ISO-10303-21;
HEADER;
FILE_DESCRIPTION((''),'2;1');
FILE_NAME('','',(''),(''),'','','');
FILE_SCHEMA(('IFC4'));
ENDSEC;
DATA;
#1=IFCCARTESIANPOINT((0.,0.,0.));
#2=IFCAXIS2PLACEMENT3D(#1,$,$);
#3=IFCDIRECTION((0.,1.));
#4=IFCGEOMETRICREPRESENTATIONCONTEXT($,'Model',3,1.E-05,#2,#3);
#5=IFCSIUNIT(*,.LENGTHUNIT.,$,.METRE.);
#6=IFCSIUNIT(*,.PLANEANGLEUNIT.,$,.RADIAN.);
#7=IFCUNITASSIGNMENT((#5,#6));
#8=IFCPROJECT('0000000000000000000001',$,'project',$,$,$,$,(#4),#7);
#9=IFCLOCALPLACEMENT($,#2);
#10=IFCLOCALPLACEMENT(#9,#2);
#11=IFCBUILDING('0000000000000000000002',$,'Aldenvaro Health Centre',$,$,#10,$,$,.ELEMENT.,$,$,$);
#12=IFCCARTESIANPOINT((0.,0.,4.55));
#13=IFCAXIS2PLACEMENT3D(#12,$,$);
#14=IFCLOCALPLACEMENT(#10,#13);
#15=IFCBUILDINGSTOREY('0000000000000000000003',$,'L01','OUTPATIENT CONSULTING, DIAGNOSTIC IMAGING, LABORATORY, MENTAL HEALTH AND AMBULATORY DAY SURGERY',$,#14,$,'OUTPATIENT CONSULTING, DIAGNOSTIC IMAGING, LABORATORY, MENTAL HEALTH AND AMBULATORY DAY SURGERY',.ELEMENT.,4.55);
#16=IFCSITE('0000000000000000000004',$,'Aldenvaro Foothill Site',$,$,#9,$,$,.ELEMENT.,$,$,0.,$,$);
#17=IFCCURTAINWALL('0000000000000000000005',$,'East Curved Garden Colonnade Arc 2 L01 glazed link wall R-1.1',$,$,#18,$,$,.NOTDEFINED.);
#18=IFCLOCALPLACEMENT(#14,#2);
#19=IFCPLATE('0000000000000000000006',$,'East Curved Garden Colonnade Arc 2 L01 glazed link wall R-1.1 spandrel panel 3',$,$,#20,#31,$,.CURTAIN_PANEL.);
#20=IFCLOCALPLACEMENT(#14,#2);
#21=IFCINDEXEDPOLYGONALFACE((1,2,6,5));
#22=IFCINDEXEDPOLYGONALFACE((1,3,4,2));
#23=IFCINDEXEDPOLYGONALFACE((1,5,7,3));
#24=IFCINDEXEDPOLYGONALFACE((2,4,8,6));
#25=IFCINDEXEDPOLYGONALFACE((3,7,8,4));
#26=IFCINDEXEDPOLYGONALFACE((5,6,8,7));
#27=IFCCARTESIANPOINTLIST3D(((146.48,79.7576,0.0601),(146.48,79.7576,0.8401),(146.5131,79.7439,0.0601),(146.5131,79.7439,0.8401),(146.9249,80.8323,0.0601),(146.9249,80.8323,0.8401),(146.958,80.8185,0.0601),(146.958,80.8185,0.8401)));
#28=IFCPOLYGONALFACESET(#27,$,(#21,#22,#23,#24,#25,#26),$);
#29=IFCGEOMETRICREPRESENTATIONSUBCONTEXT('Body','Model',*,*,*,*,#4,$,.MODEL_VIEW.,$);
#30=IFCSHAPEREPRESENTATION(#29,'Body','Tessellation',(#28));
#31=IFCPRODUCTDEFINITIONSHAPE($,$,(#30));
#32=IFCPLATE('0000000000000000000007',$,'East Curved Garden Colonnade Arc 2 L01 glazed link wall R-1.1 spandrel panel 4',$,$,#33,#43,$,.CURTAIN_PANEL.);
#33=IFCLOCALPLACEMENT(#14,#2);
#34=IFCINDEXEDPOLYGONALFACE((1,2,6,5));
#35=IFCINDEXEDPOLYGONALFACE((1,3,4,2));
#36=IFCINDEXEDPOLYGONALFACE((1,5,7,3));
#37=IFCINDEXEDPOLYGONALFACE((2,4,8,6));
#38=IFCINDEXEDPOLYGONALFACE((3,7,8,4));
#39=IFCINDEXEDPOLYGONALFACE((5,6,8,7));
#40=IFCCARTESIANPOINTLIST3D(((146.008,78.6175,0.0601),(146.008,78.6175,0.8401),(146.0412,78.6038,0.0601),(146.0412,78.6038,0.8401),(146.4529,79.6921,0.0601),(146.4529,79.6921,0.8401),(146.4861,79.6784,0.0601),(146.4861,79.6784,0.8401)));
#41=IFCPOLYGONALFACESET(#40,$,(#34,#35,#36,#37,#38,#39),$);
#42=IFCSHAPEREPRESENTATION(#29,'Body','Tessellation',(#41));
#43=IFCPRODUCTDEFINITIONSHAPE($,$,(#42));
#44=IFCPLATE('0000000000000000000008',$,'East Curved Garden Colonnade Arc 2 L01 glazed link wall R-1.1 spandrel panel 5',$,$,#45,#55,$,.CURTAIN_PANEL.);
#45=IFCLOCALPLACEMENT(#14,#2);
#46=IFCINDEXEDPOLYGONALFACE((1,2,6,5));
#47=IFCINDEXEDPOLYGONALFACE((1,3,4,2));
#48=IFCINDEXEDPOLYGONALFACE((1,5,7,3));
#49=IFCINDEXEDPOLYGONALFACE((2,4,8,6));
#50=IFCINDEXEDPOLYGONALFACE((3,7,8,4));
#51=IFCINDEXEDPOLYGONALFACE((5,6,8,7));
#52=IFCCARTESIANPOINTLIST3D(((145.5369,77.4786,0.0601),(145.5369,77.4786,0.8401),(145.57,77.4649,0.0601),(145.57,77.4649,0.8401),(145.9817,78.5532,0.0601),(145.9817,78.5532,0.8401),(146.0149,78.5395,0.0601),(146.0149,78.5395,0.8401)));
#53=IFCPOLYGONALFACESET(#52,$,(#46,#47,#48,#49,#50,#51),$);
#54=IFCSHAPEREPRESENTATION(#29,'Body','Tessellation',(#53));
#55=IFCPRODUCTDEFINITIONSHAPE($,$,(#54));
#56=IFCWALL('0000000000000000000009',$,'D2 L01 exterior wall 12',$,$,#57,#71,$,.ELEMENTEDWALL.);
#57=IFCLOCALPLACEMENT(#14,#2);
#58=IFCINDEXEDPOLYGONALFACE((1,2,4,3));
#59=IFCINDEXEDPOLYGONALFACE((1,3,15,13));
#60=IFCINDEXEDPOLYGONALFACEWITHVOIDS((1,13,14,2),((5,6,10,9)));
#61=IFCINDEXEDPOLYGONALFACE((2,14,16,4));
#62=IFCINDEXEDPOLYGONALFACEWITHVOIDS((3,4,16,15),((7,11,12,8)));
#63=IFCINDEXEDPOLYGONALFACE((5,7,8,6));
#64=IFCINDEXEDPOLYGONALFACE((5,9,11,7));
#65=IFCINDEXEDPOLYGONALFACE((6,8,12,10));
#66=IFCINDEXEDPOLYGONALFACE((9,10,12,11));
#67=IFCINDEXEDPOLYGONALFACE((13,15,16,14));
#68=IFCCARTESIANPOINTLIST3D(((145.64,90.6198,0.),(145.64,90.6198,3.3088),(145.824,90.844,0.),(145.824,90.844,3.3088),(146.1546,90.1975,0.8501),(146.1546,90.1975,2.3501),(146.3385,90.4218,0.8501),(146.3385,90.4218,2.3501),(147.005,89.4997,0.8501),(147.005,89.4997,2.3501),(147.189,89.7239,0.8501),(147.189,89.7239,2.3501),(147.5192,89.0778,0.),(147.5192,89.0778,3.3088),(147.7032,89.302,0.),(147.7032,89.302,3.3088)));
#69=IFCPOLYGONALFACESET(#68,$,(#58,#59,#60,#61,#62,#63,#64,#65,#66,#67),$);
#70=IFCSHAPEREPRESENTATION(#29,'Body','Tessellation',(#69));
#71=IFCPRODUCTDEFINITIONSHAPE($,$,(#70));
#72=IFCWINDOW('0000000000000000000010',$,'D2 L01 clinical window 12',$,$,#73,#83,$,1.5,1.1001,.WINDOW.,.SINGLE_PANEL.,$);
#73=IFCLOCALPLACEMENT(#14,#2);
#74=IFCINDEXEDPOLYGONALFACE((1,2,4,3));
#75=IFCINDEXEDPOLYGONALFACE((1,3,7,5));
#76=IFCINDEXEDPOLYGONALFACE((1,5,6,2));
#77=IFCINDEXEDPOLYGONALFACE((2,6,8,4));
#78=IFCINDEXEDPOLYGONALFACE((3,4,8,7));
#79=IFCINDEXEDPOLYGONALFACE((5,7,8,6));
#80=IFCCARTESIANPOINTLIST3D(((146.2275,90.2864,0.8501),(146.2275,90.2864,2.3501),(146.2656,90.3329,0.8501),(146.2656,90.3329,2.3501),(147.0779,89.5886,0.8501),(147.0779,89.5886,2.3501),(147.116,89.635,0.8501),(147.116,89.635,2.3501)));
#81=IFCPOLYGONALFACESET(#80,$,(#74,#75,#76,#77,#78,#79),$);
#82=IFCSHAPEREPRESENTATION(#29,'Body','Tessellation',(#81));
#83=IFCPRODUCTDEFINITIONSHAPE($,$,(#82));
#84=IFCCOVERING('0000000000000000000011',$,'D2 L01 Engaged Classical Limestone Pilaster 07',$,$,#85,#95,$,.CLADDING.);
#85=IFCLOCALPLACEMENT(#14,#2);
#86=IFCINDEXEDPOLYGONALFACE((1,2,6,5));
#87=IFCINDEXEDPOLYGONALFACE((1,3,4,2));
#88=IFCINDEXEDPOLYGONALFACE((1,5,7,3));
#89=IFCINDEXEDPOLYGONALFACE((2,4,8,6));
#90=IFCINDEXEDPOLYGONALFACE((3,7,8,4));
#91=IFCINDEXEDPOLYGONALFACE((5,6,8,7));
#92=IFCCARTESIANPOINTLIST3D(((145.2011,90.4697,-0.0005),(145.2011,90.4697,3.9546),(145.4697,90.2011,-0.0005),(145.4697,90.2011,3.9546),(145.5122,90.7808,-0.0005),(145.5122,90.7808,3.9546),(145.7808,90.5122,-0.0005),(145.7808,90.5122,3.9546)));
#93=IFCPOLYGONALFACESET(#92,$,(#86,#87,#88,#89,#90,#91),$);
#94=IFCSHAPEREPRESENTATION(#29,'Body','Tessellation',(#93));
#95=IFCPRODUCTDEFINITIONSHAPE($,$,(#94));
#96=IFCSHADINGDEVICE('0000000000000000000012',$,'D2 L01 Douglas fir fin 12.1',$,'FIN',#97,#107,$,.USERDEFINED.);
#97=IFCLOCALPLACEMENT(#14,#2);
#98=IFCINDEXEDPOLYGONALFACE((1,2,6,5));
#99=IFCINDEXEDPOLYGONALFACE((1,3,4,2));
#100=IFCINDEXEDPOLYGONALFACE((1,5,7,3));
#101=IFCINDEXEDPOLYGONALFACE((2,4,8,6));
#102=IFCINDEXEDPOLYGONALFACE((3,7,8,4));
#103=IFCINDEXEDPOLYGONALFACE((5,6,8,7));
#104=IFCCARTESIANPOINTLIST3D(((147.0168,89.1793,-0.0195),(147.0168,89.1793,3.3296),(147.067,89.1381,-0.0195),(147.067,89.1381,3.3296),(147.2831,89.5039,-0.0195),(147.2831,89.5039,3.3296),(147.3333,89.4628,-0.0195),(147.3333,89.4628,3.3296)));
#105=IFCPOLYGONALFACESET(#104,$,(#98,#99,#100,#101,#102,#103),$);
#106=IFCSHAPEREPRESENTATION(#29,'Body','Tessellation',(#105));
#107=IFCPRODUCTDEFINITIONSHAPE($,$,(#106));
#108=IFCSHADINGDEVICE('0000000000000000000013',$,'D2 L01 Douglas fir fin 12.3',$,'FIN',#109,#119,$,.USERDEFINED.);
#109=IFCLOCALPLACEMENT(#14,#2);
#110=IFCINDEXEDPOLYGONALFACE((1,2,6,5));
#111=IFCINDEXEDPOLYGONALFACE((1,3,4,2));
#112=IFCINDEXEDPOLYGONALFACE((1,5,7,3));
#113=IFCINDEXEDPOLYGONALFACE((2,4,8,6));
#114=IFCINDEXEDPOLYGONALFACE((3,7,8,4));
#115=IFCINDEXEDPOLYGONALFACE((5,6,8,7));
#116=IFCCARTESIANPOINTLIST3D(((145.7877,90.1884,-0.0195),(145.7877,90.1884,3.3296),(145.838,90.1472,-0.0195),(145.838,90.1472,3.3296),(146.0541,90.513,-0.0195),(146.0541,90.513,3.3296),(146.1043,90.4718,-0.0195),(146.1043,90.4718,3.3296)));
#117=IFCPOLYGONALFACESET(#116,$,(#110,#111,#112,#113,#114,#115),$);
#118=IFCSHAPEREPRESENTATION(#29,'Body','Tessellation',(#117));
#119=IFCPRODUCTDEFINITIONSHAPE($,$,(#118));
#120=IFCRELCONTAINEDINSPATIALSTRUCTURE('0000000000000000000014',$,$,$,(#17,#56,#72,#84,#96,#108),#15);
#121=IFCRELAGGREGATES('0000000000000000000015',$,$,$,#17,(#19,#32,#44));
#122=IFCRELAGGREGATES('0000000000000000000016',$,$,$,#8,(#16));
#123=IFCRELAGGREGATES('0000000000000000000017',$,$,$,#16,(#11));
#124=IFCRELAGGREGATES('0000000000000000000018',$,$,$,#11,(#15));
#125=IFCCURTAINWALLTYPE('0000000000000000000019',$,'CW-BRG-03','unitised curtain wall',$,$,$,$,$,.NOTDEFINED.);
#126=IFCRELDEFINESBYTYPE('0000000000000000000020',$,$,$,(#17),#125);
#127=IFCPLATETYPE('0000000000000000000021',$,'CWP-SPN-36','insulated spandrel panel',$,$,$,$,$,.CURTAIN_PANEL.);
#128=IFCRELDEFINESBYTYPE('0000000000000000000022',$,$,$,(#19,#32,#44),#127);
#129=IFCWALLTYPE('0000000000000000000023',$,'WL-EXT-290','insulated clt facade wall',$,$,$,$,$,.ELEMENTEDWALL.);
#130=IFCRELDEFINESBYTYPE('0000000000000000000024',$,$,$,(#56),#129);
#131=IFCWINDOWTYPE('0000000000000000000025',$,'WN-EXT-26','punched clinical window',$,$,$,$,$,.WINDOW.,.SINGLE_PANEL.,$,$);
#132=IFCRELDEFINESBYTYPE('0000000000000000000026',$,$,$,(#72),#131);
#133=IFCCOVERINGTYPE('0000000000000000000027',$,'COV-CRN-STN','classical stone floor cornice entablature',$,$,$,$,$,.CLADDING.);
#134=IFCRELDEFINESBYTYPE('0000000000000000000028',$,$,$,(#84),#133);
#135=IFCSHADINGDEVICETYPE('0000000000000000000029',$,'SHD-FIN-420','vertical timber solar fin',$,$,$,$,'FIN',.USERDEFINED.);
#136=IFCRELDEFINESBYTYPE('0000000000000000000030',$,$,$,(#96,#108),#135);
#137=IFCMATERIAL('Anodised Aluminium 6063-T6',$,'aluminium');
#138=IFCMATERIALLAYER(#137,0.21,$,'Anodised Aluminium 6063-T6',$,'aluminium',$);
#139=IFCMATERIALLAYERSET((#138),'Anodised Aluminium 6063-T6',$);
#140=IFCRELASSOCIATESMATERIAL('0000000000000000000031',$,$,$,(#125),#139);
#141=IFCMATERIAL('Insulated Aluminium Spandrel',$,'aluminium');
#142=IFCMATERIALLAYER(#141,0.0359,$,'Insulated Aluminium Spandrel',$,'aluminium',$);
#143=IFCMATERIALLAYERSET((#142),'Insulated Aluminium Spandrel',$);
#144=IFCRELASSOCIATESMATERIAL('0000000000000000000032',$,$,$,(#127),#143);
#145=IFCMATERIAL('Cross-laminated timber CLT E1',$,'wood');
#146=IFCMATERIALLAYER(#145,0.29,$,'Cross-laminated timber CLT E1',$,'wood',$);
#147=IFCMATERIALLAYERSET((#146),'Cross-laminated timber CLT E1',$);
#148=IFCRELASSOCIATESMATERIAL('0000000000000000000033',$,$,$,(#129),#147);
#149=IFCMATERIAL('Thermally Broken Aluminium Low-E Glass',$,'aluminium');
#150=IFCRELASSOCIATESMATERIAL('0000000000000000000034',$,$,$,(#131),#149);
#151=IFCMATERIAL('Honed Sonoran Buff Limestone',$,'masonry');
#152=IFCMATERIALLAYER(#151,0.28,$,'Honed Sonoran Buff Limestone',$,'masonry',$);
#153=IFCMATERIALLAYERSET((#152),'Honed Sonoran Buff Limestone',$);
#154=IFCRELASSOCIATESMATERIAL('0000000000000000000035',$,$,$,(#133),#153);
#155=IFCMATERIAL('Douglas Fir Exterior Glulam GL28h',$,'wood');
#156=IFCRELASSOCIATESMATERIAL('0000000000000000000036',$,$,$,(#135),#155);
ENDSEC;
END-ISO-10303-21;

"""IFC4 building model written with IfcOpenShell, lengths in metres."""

from ifc_helpers import new_model, si_unit, direction, frame, frame_2d, origin, origin_2d, place, context, subcontext, project, spatial, rectangle, extrude, material, layer, layer_set, type_object, element, fill, aggregate, save


model = new_model("IFC4")

# Units and contexts
model_context = context("Model", 3, precision=1e-05, world=origin(), true_north=direction((0.0, 1.0)))
body_context = subcontext(model_context, "Body", "Model", "MODEL_VIEW")
ifc_project = project(units=[si_unit("LENGTHUNIT", "METRE"), si_unit("PLANEANGLEUNIT", "RADIAN")], contexts=[model_context])

# Site, building, storey
site_placement = place(None, origin())
site = spatial("IfcSite", under=ifc_project, at=site_placement, Name="Aldenvaro Foothill Site", CompositionType="ELEMENT", RefElevation=0.0)
building_placement = place(site_placement, origin())
building = spatial("IfcBuilding", under=site, at=building_placement, Name="Aldenvaro Health Centre", CompositionType="ELEMENT")
storey_placement = place(building_placement, frame((0.0, 0.0, 4.55)))
storey = spatial("IfcBuildingStorey", under=building, at=storey_placement, Name="L01", Description="OUTPATIENT CONSULTING, DIAGNOSTIC IMAGING, LABORATORY, MENTAL HEALTH AND AMBULATORY DAY SURGERY", LongName="OUTPATIENT CONSULTING, DIAGNOSTIC IMAGING, LABORATORY, MENTAL HEALTH AND AMBULATORY DAY SURGERY", CompositionType="ELEMENT", Elevation=4.55)

# Shared definitions
ifc_material_1 = material(Name="Anodised Aluminium 6063-T6", Category="aluminium")

# Curtain wall, plates
ifc_layer_1 = layer(ifc_material_1, 0.21, Name="Anodised Aluminium 6063-T6", Category="aluminium")
ifc_layer_set_1 = layer_set([ifc_layer_1], Name="Anodised Aluminium 6063-T6")
curtain_wall_type_1 = type_object("IfcCurtainWallType", Name="CW-BRG-03", Description="unitised curtain wall", PredefinedType="NOTDEFINED", material=ifc_layer_set_1)
curtain_wall_1_placement = place(storey_placement, origin())
curtain_wall_1 = element("IfcCurtainWall", 1, at=curtain_wall_1_placement, inside=storey, type_object=curtain_wall_type_1, Name="East Curved Garden Colonnade Arc 2 L01 glazed link wall R-1.1", PredefinedType="NOTDEFINED")
ifc_material_2 = material(Name="Insulated Aluminium Spandrel", Category="aluminium")
ifc_layer_2 = layer(ifc_material_2, 0.0359, Name="Insulated Aluminium Spandrel", Category="aluminium")
ifc_layer_set_2 = layer_set([ifc_layer_2], Name="Insulated Aluminium Spandrel")
plate_type_1 = type_object("IfcPlateType", Name="CWP-SPN-36", Description="insulated spandrel panel", PredefinedType="CURTAIN_PANEL", material=ifc_layer_set_2)
plate_1_placement = place(storey_placement, frame((146.719, 80.2881, 0.0601), z_axis=(0.0, 0.0, 1.0), x_axis=(-0.382503, -0.923954, 0.0)))
plate_1 = element("IfcPlate", 2, at=plate_1_placement, type_object=plate_type_1, Name="East Curved Garden Colonnade Arc 2 L01 glazed link wall R-1.1 spandrel panel 3", PredefinedType="CURTAIN_PANEL", context=body_context, shape_type="SweptSolid", body=[
    extrude(rectangle(XDim=1.1631, YDim=0.0359, at=origin_2d()), origin(), (0.0, 0.0, 1.0), 0.78),
])
plate_2_placement = place(storey_placement, frame((146.2471, 79.1479, 0.0601), z_axis=(0.0, 0.0, 1.0), x_axis=(-0.382503, -0.923954, 0.0)))
plate_2 = element("IfcPlate", 3, at=plate_2_placement, type_object=plate_type_1, Name="East Curved Garden Colonnade Arc 2 L01 glazed link wall R-1.1 spandrel panel 4", PredefinedType="CURTAIN_PANEL", context=body_context, shape_type="SweptSolid", body=[
    extrude(rectangle(XDim=1.1631, YDim=0.0359, at=origin_2d()), origin(), (0.0, 0.0, 1.0), 0.78),
])
plate_3_placement = place(storey_placement, frame((145.7759, 78.009, 0.0601), z_axis=(0.0, 0.0, 1.0), x_axis=(-0.382503, -0.923954, 0.0)))
plate_3 = element("IfcPlate", 4, at=plate_3_placement, type_object=plate_type_1, Name="East Curved Garden Colonnade Arc 2 L01 glazed link wall R-1.1 spandrel panel 5", PredefinedType="CURTAIN_PANEL", context=body_context, shape_type="SweptSolid", body=[
    extrude(rectangle(XDim=1.1631, YDim=0.0359, at=origin_2d()), origin(), (0.0, 0.0, 1.0), 0.78),
])
aggregate(curtain_wall_1, [plate_1, plate_2, plate_3])

# Wall, opening, window
ifc_material_3 = material(Name="Cross-laminated timber CLT E1", Category="wood")
ifc_layer_3 = layer(ifc_material_3, 0.29, Name="Cross-laminated timber CLT E1", Category="wood")
ifc_layer_set_3 = layer_set([ifc_layer_3], Name="Cross-laminated timber CLT E1")
wall_type = type_object("IfcWallType", Name="WL-EXT-290", Description="insulated clt facade wall", PredefinedType="ELEMENTEDWALL", material=ifc_layer_set_3)
wall_placement = place(storey_placement, frame((147.6111, 89.1899, 0.0), z_axis=(0.0, 0.0, 1.0), x_axis=(-0.773048, 0.634347, 0.0)))
wall = element("IfcWall", 5, at=wall_placement, inside=storey, type_object=wall_type, Name="D2 L01 exterior wall 12", PredefinedType="ELEMENTEDWALL", context=body_context, shape_type="SweptSolid", body=[
    extrude(rectangle(XDim=2.4309, YDim=0.29, at=frame_2d((1.2153, 0.0))), origin(), (0.0, 0.0, 1.0), 3.3088),
])
opening_placement = place(wall_placement, frame((0.665, 0.0, 0.8501)))
opening = element("IfcOpeningElement", 6, at=opening_placement, cuts=wall, PredefinedType="OPENING", context=body_context, shape_type="SweptSolid", body=[
    extrude(rectangle(XDim=1.1001, YDim=1.5, at=frame_2d((0.55, 0.75))), frame((0.0, 0.155, 0.0), z_axis=(0.0, -1.0, 0.0), x_axis=(1.0, 0.0, 0.0)), (0.0, 0.0, 1.0), 0.3101),
])
ifc_material_4 = material(Name="Thermally Broken Aluminium Low-E Glass", Category="aluminium")
window_type = type_object("IfcWindowType", Name="WN-EXT-26", Description="punched clinical window", PartitioningType="SINGLE_PANEL", PredefinedType="WINDOW", material=ifc_material_4)
window_placement = place(opening_placement, origin())
window = element("IfcWindow", 7, at=window_placement, inside=storey, type_object=window_type, Name="D2 L01 clinical window 12", OverallHeight=1.5, OverallWidth=1.1001, PartitioningType="SINGLE_PANEL", PredefinedType="WINDOW", context=body_context, shape_type="SweptSolid", body=[
    extrude(rectangle(XDim=1.1001, YDim=1.5, at=frame_2d((0.55, 0.75))), frame((0.0, 0.03, 0.0), z_axis=(0.0, -1.0, 0.0), x_axis=(1.0, 0.0, 0.0)), (0.0, 0.0, 1.0), 0.0601),
])
fill(opening, window)

# Covering
ifc_material_5 = material(Name="Honed Sonoran Buff Limestone", Category="masonry")
ifc_layer_4 = layer(ifc_material_5, 0.28, Name="Honed Sonoran Buff Limestone", Category="masonry")
ifc_layer_set_4 = layer_set([ifc_layer_4], Name="Honed Sonoran Buff Limestone")
covering_type = type_object("IfcCoveringType", Name="COV-CRN-STN", Description="classical stone floor cornice entablature", PredefinedType="CLADDING", material=ifc_layer_set_4)
covering_placement = place(storey_placement, frame((145.491, 90.491, -0.0005), z_axis=(0.0, 0.0, 1.0), x_axis=(-0.707107, -0.707107, 0.0)))
element("IfcCovering", 8, at=covering_placement, inside=storey, type_object=covering_type, Name="D2 L01 Engaged Classical Limestone Pilaster 07", PredefinedType="CLADDING", context=body_context, shape_type="SweptSolid", body=[
    extrude(rectangle(XDim=0.4399, YDim=0.3799, at=origin_2d()), origin(), (0.0, 0.0, 1.0), 3.9551),
])

# Shading devices
ifc_material_6 = material(Name="Douglas Fir Exterior Glulam GL28h", Category="wood")
shading_device_type = type_object("IfcShadingDeviceType", Name="SHD-FIN-420", Description="vertical timber solar fin", ElementType="FIN", PredefinedType="USERDEFINED", material=ifc_material_6)
for number, where, z_axis, x_axis, name in (
    (9, (147.175, 89.321, -0.0195), (0.0, 0.0, 1.0), (-0.773022, 0.63438, 0.0), "D2 L01 Douglas fir fin 12.1"),
    (10, (145.946, 90.3301, -0.0195), (0.0, 0.0, 1.0), (-0.773022, 0.63438, 0.0), "D2 L01 Douglas fir fin 12.3"),
):
    element("IfcShadingDevice", number, at=place(storey_placement, frame(where, z_axis=z_axis, x_axis=x_axis)), inside=storey, type_object=shading_device_type, Name=name, ObjectType="FIN", PredefinedType="USERDEFINED", context=body_context, shape_type="SweptSolid", body=[
        extrude(rectangle(XDim=0.0649, YDim=0.4199, at=origin_2d()), origin(), (0.0, 0.0, 1.0), 3.3491),
    ])

save(model, "model.ifc")
